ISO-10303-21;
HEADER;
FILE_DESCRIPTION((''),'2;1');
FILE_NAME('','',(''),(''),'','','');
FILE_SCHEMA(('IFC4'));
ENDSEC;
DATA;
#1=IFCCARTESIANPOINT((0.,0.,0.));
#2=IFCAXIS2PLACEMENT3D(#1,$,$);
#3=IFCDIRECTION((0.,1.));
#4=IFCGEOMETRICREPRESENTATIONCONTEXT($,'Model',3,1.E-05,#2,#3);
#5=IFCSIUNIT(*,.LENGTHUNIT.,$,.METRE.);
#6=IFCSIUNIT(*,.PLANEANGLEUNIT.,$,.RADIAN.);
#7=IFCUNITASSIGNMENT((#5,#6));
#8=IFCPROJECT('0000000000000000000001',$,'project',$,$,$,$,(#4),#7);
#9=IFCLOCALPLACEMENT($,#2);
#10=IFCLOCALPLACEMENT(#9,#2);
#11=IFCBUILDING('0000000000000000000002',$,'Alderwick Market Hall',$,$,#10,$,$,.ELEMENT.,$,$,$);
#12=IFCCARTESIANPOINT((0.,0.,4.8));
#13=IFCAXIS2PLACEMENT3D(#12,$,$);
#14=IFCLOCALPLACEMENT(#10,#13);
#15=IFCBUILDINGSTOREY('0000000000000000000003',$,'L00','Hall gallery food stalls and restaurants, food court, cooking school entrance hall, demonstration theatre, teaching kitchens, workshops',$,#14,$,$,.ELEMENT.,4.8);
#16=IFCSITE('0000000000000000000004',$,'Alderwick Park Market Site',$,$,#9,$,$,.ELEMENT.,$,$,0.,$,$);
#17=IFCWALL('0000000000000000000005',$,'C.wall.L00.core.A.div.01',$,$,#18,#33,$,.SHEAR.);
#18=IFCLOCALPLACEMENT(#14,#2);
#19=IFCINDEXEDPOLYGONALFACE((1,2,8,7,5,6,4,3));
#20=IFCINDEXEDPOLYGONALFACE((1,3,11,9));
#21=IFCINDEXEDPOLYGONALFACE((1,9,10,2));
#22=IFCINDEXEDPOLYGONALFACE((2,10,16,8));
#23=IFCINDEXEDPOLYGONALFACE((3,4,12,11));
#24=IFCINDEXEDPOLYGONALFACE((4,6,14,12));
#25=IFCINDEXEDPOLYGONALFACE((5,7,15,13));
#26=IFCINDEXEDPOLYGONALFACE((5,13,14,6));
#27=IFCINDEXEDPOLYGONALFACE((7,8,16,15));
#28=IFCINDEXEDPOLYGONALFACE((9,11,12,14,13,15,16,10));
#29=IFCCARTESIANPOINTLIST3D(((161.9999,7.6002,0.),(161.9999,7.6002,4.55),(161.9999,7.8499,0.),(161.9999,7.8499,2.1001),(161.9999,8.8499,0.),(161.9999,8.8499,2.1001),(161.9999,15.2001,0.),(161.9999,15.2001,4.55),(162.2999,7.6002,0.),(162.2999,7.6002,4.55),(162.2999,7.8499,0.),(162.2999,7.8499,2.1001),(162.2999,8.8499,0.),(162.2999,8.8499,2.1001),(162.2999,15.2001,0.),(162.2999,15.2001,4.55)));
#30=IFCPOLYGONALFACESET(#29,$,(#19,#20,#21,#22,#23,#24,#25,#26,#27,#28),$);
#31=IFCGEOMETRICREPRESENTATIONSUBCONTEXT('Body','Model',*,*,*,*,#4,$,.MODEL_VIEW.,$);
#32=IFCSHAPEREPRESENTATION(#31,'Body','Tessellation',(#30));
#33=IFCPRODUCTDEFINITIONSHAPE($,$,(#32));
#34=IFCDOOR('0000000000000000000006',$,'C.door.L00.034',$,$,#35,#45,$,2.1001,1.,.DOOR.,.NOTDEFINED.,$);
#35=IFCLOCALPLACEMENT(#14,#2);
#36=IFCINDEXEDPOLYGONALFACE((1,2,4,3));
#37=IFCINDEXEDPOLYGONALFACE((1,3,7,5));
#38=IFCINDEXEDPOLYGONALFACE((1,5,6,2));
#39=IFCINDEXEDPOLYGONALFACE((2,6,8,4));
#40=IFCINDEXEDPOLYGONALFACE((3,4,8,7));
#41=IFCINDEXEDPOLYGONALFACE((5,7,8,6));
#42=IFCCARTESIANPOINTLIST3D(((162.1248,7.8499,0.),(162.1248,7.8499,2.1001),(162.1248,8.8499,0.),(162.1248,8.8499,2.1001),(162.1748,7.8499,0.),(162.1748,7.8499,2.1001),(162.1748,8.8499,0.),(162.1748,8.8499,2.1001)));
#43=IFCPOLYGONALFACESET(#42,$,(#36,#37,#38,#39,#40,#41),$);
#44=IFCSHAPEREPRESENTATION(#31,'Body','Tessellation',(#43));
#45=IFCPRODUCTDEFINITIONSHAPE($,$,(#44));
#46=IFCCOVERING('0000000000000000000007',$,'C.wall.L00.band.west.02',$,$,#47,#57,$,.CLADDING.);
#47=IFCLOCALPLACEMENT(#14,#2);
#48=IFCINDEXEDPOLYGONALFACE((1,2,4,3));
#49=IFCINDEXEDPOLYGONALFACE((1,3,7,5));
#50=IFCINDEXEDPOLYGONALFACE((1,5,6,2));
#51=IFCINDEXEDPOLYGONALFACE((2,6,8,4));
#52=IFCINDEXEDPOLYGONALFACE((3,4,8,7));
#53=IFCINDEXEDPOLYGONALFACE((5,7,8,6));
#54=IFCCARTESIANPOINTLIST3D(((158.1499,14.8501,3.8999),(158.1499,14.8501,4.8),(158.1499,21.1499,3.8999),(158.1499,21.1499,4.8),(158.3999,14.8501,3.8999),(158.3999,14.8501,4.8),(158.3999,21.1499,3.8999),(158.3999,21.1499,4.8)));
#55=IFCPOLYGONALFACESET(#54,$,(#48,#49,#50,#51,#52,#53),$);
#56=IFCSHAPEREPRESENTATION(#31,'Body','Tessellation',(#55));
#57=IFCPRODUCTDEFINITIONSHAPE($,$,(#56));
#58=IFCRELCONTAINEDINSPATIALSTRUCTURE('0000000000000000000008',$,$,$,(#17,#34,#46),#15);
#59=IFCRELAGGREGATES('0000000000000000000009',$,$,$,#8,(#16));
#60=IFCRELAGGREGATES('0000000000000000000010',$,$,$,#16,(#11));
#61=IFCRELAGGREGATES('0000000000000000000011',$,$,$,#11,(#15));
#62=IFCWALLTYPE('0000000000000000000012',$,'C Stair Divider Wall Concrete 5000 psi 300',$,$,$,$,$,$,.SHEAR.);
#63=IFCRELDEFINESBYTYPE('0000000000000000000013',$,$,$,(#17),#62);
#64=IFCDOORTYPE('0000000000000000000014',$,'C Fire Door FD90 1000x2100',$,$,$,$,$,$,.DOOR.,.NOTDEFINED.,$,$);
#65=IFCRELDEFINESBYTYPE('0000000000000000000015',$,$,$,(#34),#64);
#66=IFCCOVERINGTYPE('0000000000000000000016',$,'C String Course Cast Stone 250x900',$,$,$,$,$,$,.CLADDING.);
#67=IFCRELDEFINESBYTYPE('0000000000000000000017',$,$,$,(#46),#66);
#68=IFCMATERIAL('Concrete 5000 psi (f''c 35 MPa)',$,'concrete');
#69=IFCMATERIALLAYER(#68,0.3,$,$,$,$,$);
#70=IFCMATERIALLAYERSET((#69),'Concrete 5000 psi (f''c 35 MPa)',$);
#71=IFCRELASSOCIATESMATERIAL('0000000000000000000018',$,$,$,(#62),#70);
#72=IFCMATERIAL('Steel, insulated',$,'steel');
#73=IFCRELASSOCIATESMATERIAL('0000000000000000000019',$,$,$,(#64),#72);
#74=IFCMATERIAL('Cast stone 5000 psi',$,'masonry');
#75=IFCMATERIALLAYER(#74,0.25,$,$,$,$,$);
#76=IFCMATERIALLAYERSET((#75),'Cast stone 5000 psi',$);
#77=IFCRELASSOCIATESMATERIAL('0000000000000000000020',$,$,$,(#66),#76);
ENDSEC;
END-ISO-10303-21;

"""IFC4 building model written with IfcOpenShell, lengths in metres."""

from ifc_helpers import new_model, si_unit, direction, frame, frame_2d, origin, place, context, subcontext, project, spatial, rectangle, extrude, material, layer, layer_set, type_object, element, fill, save


model = new_model("IFC4")

# Units and contexts
model_context = context("Model", 3, precision=1e-05, world=origin(), true_north=direction((0.0, 1.0)))
body_context = subcontext(model_context, "Body", "Model", "MODEL_VIEW")
ifc_project = project(units=[si_unit("LENGTHUNIT", "METRE"), si_unit("PLANEANGLEUNIT", "RADIAN")], contexts=[model_context])

# Site, building, storey
site_placement = place(None, origin())
site = spatial("IfcSite", under=ifc_project, at=site_placement, Name="Alderwick Park Market Site", CompositionType="ELEMENT", RefElevation=0.0)
building_placement = place(site_placement, origin())
building = spatial("IfcBuilding", under=site, at=building_placement, Name="Alderwick Market Hall", CompositionType="ELEMENT")
storey_placement = place(building_placement, frame((0.0, 0.0, 4.8)))
storey = spatial("IfcBuildingStorey", under=building, at=storey_placement, Name="L00", Description="Hall gallery food stalls and restaurants, food court, cooking school entrance hall, demonstration theatre, teaching kitchens, workshops", CompositionType="ELEMENT", Elevation=4.8)

# Shared definitions
ifc_material_1 = material(Name="Concrete 5000 psi (f'c 35 MPa)", Category="concrete")

# Shared definitions
ifc_material_2 = material(Name="Steel, insulated", Category="steel")

# Wall, opening, door
ifc_layer_1 = layer(ifc_material_1, 0.3)
ifc_layer_set_1 = layer_set([ifc_layer_1], Name="Concrete 5000 psi (f'c 35 MPa)")
wall_type_1 = type_object("IfcWallType", Name="C Stair Divider Wall Concrete 5000 psi 300", PredefinedType="SHEAR", material=ifc_layer_set_1)
wall_1_placement = place(storey_placement, frame((162.1499, 15.2, 0.0), z_axis=(0.0, 0.0, 1.0), x_axis=(0.0, -1.0, 0.0)))
wall_1 = element("IfcWall", 1, at=wall_1_placement, inside=storey, type_object=wall_type_1, Name="C.wall.L00.core.A.div.01", PredefinedType="SHEAR", context=body_context, shape_type="SweptSolid", body=[
    extrude(rectangle(XDim=7.5999, YDim=0.3, at=frame_2d((3.7998, 0.0))), origin(), (0.0, 0.0, 1.0), 4.55),
])
opening_1_placement = place(wall_1_placement, frame((6.3501, 0.0, 0.0)))
opening_1 = element("IfcOpeningElement", 2, at=opening_1_placement, cuts=wall_1, PredefinedType="OPENING", context=body_context, shape_type="SweptSolid", body=[
    extrude(rectangle(XDim=1.0, YDim=2.1001, at=frame_2d((0.5, 1.05))), frame((0.0, 0.1599, 0.0), z_axis=(0.0, -1.0, 0.0), x_axis=(1.0, 0.0, 0.0)), (0.0, 0.0, 1.0), 0.3201),
])
door_type_1 = type_object("IfcDoorType", Name="C Fire Door FD90 1000x2100", OperationType="NOTDEFINED", PredefinedType="DOOR", material=ifc_material_2)
door_1_placement = place(opening_1_placement, origin())
door_1 = element("IfcDoor", 3, at=door_1_placement, inside=storey, type_object=door_type_1, Name="C.door.L00.034", OperationType="NOTDEFINED", OverallHeight=2.1001, OverallWidth=1.0, PredefinedType="DOOR", context=body_context, shape_type="SweptSolid", body=[
    extrude(rectangle(XDim=1.0, YDim=2.1001, at=frame_2d((0.5, 1.05))), frame((0.0, 0.0249, 0.0), z_axis=(0.0, -1.0, 0.0), x_axis=(1.0, 0.0, 0.0)), (0.0, 0.0, 1.0), 0.05),
])
fill(opening_1, door_1)

# Covering
ifc_material_3 = material(Name="Cast stone 5000 psi", Category="masonry")
ifc_layer_2 = layer(ifc_material_3, 0.25)
ifc_layer_set_2 = layer_set([ifc_layer_2], Name="Cast stone 5000 psi")
covering_type = type_object("IfcCoveringType", Name="C String Course Cast Stone 250x900", PredefinedType="CLADDING", material=ifc_layer_set_2)
covering_placement = place(storey_placement, frame((158.2749, 14.8501, 3.8999), z_axis=(0.0, 0.0, 1.0), x_axis=(0.0, 1.0, 0.0)))
element("IfcCovering", 4, at=covering_placement, inside=storey, type_object=covering_type, Name="C.wall.L00.band.west.02", PredefinedType="CLADDING", context=body_context, shape_type="SweptSolid", body=[
    extrude(rectangle(XDim=6.2998, YDim=0.25, at=frame_2d((3.1499, 0.0))), origin(), (0.0, 0.0, 1.0), 0.9001),
])

save(model, "model.ifc")
